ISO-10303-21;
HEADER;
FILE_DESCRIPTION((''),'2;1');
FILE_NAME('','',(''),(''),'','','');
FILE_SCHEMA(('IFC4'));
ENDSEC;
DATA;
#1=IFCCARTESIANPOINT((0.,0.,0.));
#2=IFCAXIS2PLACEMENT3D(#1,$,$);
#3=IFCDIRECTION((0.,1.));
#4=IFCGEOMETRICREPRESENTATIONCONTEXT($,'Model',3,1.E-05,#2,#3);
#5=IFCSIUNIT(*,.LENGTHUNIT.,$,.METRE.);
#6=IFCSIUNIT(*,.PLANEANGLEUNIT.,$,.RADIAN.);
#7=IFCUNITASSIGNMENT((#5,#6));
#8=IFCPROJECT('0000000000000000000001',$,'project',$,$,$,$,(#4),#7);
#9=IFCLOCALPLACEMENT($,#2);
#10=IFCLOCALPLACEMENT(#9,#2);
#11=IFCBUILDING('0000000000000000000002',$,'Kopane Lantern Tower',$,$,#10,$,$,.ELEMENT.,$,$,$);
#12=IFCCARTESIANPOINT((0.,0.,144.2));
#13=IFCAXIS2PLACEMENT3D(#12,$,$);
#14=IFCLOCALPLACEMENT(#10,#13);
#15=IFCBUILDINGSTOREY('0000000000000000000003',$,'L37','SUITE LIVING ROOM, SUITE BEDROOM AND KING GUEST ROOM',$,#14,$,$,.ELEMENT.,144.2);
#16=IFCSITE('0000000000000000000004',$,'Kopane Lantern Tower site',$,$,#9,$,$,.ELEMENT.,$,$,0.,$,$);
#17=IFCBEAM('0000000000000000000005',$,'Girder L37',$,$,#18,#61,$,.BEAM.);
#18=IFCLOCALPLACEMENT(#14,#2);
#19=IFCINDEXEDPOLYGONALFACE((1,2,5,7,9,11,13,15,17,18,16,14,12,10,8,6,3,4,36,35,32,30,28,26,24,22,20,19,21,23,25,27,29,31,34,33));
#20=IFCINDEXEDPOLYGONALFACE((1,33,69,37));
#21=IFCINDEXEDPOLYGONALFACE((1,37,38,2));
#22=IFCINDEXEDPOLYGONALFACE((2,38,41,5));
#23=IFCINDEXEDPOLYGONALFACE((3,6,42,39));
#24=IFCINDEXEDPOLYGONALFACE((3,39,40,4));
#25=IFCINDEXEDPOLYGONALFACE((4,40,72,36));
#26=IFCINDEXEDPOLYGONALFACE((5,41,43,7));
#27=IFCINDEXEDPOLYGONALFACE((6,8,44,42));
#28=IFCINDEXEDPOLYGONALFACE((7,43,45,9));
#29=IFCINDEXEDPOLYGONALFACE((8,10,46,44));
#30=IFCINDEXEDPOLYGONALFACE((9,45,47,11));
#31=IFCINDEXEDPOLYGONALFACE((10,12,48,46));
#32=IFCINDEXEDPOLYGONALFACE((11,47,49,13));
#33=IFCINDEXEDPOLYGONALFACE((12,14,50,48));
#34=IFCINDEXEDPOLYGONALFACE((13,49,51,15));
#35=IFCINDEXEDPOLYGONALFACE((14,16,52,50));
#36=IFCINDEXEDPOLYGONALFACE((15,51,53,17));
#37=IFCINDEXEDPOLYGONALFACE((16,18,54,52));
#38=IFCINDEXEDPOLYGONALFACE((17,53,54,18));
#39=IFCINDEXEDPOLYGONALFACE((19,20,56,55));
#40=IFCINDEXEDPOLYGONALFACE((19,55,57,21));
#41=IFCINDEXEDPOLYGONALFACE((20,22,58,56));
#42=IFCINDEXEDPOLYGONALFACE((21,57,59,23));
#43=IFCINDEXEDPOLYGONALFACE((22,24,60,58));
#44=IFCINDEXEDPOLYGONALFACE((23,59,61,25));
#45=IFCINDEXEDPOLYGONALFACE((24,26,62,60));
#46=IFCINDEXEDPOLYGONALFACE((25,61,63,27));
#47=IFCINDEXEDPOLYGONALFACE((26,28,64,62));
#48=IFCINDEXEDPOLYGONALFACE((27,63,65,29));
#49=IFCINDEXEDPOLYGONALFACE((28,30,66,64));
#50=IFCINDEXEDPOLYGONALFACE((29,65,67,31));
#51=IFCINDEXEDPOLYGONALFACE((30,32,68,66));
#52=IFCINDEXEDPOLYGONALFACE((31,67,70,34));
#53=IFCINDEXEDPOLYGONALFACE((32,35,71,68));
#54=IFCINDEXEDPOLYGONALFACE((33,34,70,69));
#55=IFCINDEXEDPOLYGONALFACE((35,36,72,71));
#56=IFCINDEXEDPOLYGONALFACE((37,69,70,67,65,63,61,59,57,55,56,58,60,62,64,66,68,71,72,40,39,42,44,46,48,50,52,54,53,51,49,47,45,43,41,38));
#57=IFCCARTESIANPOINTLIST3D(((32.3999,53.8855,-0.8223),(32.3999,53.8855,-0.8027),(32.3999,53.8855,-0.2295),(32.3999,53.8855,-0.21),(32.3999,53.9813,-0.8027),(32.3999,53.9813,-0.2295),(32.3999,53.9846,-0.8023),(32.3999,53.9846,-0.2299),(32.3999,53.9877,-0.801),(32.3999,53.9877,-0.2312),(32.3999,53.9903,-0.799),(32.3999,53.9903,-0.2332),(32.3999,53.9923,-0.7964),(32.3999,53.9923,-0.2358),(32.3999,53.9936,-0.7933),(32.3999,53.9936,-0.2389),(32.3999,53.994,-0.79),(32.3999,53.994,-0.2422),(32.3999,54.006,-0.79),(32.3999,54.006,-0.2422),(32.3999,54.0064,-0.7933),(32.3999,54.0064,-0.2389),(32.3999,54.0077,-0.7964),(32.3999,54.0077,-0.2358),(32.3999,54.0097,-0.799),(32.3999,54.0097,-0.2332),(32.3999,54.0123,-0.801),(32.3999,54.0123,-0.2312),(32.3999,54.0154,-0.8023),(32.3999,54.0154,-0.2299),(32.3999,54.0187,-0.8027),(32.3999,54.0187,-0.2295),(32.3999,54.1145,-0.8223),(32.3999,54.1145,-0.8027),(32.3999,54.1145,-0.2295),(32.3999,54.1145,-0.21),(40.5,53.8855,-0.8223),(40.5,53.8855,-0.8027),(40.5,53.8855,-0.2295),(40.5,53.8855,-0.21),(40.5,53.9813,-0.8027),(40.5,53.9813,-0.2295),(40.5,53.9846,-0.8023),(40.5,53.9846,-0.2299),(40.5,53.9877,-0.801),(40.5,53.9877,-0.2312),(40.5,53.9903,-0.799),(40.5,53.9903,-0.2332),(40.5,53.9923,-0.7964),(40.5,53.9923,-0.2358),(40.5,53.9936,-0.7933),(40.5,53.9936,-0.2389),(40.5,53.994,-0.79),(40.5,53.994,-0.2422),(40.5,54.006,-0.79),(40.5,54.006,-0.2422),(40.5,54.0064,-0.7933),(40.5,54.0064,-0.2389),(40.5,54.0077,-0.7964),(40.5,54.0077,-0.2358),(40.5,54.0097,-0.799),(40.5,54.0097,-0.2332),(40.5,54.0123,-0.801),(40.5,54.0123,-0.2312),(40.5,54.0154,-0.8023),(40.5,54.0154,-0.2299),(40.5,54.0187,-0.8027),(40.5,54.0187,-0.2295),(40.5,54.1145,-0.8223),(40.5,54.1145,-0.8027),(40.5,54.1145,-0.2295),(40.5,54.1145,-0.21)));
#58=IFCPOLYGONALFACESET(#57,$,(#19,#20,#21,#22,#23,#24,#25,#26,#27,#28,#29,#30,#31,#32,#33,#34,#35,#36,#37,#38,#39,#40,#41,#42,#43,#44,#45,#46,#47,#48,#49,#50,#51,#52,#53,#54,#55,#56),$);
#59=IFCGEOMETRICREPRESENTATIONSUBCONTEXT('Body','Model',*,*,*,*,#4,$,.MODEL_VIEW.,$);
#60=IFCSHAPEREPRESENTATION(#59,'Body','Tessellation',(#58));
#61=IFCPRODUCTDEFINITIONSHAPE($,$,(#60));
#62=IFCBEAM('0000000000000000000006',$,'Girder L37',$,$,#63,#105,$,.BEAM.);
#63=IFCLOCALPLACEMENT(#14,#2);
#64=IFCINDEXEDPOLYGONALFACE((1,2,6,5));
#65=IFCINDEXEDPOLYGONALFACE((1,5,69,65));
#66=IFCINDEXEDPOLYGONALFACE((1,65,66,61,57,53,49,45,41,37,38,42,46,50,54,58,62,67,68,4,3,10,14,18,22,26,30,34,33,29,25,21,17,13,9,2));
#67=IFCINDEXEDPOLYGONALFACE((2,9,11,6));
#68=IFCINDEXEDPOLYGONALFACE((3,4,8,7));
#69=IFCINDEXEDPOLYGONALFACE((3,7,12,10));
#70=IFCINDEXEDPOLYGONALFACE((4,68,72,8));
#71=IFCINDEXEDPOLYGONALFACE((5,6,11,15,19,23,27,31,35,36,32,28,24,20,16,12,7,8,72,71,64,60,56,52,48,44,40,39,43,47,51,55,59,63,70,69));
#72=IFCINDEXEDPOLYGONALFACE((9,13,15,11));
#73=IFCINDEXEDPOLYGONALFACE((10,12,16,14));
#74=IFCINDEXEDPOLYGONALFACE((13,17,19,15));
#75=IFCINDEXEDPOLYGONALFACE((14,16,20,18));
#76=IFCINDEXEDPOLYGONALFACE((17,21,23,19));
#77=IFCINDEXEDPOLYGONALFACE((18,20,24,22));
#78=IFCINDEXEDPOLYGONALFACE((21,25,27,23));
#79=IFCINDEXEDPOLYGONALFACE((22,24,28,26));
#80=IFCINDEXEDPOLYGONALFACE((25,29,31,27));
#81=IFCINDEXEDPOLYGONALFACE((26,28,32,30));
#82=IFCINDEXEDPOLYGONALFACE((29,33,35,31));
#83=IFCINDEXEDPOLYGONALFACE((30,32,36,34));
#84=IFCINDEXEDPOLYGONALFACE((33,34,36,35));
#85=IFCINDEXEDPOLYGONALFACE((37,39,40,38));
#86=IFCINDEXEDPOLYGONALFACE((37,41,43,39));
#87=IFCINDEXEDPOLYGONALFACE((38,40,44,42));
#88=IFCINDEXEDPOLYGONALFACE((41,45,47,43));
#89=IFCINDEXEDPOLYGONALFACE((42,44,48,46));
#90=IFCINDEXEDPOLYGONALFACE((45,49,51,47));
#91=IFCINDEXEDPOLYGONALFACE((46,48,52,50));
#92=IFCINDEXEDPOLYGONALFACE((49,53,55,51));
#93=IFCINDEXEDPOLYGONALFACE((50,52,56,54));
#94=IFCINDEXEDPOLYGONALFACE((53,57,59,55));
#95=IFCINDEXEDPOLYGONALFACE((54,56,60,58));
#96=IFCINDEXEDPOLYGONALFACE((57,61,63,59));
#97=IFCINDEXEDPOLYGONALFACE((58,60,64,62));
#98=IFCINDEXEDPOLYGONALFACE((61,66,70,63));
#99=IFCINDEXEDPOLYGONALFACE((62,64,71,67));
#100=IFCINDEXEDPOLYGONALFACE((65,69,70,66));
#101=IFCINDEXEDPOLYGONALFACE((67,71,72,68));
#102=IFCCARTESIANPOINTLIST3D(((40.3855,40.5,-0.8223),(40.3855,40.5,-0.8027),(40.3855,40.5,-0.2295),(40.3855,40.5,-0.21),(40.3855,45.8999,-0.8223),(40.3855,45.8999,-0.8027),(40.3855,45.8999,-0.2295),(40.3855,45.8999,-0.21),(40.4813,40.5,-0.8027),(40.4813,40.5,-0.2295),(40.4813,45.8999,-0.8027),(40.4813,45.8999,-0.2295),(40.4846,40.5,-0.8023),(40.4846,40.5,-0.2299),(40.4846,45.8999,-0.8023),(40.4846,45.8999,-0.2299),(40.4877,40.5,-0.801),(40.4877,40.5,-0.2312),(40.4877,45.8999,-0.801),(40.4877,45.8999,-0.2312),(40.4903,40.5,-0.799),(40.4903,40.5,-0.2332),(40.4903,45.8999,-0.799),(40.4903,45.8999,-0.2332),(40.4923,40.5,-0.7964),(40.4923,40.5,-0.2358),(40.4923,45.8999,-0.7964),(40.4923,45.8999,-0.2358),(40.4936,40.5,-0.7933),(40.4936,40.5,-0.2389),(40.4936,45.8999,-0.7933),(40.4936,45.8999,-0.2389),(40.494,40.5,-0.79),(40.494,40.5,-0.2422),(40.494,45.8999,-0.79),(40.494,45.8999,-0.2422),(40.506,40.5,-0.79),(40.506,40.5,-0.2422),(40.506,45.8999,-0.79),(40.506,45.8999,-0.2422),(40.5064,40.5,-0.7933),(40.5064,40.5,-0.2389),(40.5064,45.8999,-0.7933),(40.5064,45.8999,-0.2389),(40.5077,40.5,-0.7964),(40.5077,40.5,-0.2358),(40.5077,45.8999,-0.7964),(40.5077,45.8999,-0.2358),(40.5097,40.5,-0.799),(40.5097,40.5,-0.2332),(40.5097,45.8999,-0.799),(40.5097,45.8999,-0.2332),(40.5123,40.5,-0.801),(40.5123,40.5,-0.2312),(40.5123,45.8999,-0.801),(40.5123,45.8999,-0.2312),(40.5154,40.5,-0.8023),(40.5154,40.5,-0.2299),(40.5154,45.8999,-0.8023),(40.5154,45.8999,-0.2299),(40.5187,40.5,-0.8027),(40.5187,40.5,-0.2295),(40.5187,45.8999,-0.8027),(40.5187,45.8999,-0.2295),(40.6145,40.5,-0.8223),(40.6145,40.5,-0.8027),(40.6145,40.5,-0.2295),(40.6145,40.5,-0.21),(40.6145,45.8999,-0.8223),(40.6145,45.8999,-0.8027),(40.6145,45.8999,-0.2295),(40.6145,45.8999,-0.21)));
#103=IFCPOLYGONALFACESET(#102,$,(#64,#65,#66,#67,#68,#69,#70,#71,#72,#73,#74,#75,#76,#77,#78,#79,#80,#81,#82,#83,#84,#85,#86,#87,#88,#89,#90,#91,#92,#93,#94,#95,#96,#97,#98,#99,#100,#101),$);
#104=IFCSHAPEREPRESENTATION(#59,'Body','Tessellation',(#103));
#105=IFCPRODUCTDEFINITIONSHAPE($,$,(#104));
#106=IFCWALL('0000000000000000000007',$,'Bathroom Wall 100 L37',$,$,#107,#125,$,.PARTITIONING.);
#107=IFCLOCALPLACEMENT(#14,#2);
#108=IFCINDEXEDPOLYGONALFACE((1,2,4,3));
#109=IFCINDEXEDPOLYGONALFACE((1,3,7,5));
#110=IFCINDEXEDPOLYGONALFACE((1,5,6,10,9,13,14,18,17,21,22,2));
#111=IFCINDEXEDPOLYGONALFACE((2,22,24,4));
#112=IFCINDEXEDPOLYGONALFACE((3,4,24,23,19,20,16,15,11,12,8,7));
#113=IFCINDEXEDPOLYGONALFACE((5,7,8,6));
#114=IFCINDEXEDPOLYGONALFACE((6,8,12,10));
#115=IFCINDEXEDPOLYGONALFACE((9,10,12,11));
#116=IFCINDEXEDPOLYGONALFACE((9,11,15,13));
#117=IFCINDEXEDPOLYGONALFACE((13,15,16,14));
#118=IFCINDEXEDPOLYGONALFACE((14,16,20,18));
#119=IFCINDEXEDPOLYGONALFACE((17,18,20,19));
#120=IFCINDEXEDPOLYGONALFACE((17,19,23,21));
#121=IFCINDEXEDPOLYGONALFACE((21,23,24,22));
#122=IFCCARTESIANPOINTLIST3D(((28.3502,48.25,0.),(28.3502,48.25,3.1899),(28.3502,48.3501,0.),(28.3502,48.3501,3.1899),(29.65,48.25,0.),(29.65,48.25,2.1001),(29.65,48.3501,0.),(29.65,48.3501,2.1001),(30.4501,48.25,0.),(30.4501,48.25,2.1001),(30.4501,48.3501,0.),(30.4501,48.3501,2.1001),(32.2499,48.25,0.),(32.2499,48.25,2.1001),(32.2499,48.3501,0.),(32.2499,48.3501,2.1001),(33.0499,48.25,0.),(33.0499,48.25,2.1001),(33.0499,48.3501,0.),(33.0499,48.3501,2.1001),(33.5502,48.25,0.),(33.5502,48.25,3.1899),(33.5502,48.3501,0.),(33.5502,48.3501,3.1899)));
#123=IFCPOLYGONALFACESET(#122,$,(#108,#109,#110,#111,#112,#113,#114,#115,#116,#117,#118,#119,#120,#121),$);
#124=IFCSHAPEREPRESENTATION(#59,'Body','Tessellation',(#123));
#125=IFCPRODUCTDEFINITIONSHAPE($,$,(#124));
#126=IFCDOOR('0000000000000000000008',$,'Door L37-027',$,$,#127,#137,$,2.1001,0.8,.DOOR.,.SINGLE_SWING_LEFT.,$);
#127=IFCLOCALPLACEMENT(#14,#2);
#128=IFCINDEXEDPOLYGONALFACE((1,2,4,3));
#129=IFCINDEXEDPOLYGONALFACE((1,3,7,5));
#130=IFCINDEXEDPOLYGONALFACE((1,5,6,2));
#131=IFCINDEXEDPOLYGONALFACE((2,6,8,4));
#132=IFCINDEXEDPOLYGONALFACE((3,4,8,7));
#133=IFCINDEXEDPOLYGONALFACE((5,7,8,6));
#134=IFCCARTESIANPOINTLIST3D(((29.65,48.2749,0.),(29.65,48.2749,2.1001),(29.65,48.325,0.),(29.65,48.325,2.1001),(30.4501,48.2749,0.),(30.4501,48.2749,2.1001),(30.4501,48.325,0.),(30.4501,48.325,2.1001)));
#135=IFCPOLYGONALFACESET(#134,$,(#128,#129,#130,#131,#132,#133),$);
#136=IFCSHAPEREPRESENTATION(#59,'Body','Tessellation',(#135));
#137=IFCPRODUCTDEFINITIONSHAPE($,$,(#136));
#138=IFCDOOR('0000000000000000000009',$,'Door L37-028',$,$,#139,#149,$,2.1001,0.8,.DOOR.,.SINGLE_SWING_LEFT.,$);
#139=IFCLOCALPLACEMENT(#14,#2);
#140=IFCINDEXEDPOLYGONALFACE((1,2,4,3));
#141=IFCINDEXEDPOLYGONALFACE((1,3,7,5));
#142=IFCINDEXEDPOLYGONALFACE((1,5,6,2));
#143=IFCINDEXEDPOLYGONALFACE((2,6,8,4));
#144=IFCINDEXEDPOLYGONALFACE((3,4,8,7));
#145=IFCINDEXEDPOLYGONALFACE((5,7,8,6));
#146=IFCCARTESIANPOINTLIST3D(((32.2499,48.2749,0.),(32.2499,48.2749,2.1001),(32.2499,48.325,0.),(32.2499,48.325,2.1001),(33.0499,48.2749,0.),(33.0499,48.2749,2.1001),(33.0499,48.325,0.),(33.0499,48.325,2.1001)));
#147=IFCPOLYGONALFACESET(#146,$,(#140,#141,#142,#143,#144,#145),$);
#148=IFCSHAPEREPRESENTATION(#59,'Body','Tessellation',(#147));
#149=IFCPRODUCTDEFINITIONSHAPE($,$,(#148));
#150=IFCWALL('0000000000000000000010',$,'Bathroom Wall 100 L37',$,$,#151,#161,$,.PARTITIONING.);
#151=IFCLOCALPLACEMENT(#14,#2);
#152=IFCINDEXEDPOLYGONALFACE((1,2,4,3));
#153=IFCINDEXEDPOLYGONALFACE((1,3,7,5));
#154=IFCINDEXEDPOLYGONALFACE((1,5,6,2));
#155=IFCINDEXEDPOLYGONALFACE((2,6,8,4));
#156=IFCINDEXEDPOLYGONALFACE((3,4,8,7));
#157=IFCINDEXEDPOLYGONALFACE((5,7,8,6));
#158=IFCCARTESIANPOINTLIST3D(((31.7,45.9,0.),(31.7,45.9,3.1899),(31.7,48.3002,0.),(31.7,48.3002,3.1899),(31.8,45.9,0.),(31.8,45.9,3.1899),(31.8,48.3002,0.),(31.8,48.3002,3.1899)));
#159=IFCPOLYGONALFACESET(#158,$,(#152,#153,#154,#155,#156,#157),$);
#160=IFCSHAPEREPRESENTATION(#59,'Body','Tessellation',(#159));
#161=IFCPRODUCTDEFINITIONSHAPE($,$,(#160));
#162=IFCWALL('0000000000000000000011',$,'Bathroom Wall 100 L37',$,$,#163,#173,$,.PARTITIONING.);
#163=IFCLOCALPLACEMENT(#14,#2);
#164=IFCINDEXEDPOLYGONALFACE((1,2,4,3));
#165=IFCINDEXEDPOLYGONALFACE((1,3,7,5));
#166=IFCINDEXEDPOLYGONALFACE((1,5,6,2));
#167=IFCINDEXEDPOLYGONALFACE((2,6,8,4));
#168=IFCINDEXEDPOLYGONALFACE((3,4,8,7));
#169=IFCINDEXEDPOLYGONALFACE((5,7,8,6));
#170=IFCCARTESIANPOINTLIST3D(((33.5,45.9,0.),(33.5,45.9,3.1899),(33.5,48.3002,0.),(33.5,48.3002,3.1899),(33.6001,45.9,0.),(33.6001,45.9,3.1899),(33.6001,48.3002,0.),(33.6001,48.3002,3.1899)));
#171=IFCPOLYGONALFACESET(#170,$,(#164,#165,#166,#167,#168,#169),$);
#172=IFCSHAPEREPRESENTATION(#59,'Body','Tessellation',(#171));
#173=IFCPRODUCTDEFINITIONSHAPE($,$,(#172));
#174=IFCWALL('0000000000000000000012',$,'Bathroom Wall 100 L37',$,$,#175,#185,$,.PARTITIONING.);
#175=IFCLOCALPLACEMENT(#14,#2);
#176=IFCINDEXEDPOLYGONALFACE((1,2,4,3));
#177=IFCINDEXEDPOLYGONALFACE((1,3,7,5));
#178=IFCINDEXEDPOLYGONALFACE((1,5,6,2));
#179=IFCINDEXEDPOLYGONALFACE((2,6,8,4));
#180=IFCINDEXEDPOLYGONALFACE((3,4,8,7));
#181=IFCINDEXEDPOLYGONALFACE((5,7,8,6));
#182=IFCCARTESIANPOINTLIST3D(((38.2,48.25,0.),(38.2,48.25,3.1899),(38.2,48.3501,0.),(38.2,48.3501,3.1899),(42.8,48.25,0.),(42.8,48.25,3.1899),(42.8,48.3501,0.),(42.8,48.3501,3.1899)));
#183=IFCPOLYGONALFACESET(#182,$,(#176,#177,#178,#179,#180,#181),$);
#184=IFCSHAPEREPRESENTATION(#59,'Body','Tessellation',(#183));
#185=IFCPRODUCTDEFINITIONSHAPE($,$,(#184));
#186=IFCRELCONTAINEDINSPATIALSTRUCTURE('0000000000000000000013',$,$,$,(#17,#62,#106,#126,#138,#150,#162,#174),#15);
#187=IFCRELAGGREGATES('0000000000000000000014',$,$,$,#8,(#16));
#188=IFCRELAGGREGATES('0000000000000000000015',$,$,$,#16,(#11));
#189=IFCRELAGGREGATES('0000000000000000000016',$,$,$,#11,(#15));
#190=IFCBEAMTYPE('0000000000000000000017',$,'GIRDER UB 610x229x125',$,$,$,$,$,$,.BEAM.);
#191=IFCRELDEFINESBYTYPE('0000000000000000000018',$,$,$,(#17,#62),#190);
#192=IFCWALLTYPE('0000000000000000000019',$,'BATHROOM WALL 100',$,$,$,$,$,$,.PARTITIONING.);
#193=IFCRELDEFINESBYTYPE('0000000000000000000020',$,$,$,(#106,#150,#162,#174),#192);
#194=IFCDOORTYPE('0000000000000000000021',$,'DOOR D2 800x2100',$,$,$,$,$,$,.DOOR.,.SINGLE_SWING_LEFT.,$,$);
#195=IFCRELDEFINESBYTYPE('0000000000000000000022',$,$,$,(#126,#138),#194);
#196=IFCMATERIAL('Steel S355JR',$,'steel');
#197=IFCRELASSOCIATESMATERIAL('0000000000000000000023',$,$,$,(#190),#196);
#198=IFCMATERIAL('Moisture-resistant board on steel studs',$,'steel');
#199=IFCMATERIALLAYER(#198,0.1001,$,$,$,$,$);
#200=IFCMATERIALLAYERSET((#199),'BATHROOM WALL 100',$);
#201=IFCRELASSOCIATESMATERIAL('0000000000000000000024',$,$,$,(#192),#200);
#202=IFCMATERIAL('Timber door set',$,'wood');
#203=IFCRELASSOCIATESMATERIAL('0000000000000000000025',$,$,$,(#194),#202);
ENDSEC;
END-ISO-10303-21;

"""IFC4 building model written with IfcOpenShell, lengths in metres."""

from ifc_helpers import new_model, si_unit, direction, frame, frame_2d, origin, origin_2d, place, context, subcontext, project, spatial, rectangle, i_section, extrude, material, layer, layer_set, material_profile, profile_set, type_object, element, fill, save


model = new_model("IFC4")

# Units and contexts
model_context = context("Model", 3, precision=1e-05, world=origin(), true_north=direction((0.0, 1.0)))
body_context = subcontext(model_context, "Body", "Model", "MODEL_VIEW")
ifc_project = project(units=[si_unit("LENGTHUNIT", "METRE"), si_unit("PLANEANGLEUNIT", "RADIAN")], contexts=[model_context])

# Site, building, storey
site_placement = place(None, origin())
site = spatial("IfcSite", under=ifc_project, at=site_placement, Name="Kopane Lantern Tower site", CompositionType="ELEMENT", RefElevation=0.0)
building_placement = place(site_placement, origin())
building = spatial("IfcBuilding", under=site, at=building_placement, Name="Kopane Lantern Tower", CompositionType="ELEMENT")
storey_placement = place(building_placement, frame((0.0, 0.0, 144.2)))
storey = spatial("IfcBuildingStorey", under=building, at=storey_placement, Name="L37", Description="SUITE LIVING ROOM, SUITE BEDROOM AND KING GUEST ROOM", CompositionType="ELEMENT", Elevation=144.2)

# Beams
ifc_material_1 = material(Name="Steel S355JR", Category="steel")
ifc_material_profile_1 = material_profile(ifc_material_1, i_section(OverallWidth=0.229, OverallDepth=0.6123, WebThickness=0.012, FlangeThickness=0.0195, FilletRadius=0.0127, at=origin_2d()), Name="UB 610x229x125")
ifc_profile_set_1 = profile_set([ifc_material_profile_1], Name="Steel S355JR")
beam_type = type_object("IfcBeamType", Name="GIRDER UB 610x229x125", PredefinedType="BEAM", material=ifc_profile_set_1)
for number, where, z_axis, x_axis, name in (
    (1, (32.3999, 54.0, -0.5161), (1.0, 0.0, 0.0), (0.0, 1.0, 0.0), "Girder L37"),
):
    element("IfcBeam", number, at=place(storey_placement, frame(where, z_axis=z_axis, x_axis=x_axis)), inside=storey, type_object=beam_type, Name=name, PredefinedType="BEAM", context=body_context, shape_type="SweptSolid", body=[
        extrude(i_section(OverallWidth=0.229, OverallDepth=0.6123, WebThickness=0.012, FlangeThickness=0.0195, FilletRadius=0.0127, at=origin_2d()), origin(), (0.0, 0.0, 1.0), 8.1001),
    ])
beam_1_placement = place(storey_placement, frame((40.5, 40.5, -0.5161), z_axis=(0.0, 1.0, 0.0), x_axis=(-1.0, 0.0, 0.0)))
element("IfcBeam", 2, at=beam_1_placement, inside=storey, type_object=beam_type, Name="Girder L37", PredefinedType="BEAM", context=body_context, shape_type="SweptSolid", body=[
    extrude(i_section(OverallWidth=0.229, OverallDepth=0.6123, WebThickness=0.012, FlangeThickness=0.0195, FilletRadius=0.0127, at=origin_2d()), origin(), (0.0, 0.0, 1.0), 5.3999),
])

# Wall, openings, doors
ifc_material_2 = material(Name="Moisture-resistant board on steel studs", Category="steel")
ifc_layer_1 = layer(ifc_material_2, 0.1001)
ifc_layer_set_1 = layer_set([ifc_layer_1], Name="BATHROOM WALL 100")
wall_type_1 = type_object("IfcWallType", Name="BATHROOM WALL 100", PredefinedType="PARTITIONING", material=ifc_layer_set_1)
wall_1_placement = place(storey_placement, frame((28.3501, 48.3, 0.0), z_axis=(0.0, 0.0, 1.0), x_axis=(1.0, 0.0, 0.0)))
wall_1 = element("IfcWall", 3, at=wall_1_placement, inside=storey, type_object=wall_type_1, Name="Bathroom Wall 100 L37", PredefinedType="PARTITIONING", context=body_context, shape_type="SweptSolid", body=[
    extrude(rectangle(XDim=5.2, YDim=0.1001, at=frame_2d((2.6001, 0.0))), origin(), (0.0, 0.0, 1.0), 3.1899),
])
opening_1_placement = place(wall_1_placement, frame((1.3, 0.0, 0.0)))
opening_1 = element("IfcOpeningElement", 4, at=opening_1_placement, cuts=wall_1, PredefinedType="OPENING", context=body_context, shape_type="SweptSolid", body=[
    extrude(rectangle(XDim=0.8, YDim=2.1001, at=frame_2d((0.3999, 1.05))), frame((0.0, 0.0601, 0.0), z_axis=(0.0, -1.0, 0.0), x_axis=(1.0, 0.0, 0.0)), (0.0, 0.0, 1.0), 0.1201),
])
opening_2_placement = place(wall_1_placement, frame((3.8999, 0.0, 0.0)))
opening_2 = element("IfcOpeningElement", 5, at=opening_2_placement, cuts=wall_1, PredefinedType="OPENING", context=body_context, shape_type="SweptSolid", body=[
    extrude(rectangle(XDim=0.8, YDim=2.1001, at=frame_2d((0.3999, 1.05))), frame((0.0, 0.0601, 0.0), z_axis=(0.0, -1.0, 0.0), x_axis=(1.0, 0.0, 0.0)), (0.0, 0.0, 1.0), 0.1201),
])
ifc_material_3 = material(Name="Timber door set", Category="wood")
door_type = type_object("IfcDoorType", Name="DOOR D2 800x2100", OperationType="SINGLE_SWING_LEFT", PredefinedType="DOOR", material=ifc_material_3)
door_1_placement = place(opening_1_placement, origin())
door_1 = element("IfcDoor", 6, at=door_1_placement, inside=storey, type_object=door_type, Name="Door L37-027", OperationType="SINGLE_SWING_LEFT", OverallHeight=2.1001, OverallWidth=0.8, PredefinedType="DOOR", context=body_context, shape_type="SweptSolid", body=[
    extrude(rectangle(XDim=0.8, YDim=2.1001, at=frame_2d((0.3999, 1.05))), frame((0.0, 0.0249, 0.0), z_axis=(0.0, -1.0, 0.0), x_axis=(1.0, 0.0, 0.0)), (0.0, 0.0, 1.0), 0.05),
])
fill(opening_1, door_1)
door_2_placement = place(opening_2_placement, origin())
door_2 = element("IfcDoor", 7, at=door_2_placement, inside=storey, type_object=door_type, Name="Door L37-028", OperationType="SINGLE_SWING_LEFT", OverallHeight=2.1001, OverallWidth=0.8, PredefinedType="DOOR", context=body_context, shape_type="SweptSolid", body=[
    extrude(rectangle(XDim=0.8, YDim=2.1001, at=frame_2d((0.3999, 1.05))), frame((0.0, 0.0249, 0.0), z_axis=(0.0, -1.0, 0.0), x_axis=(1.0, 0.0, 0.0)), (0.0, 0.0, 1.0), 0.05),
])
fill(opening_2, door_2)

# Walls
for number, where, z_axis, x_axis, name in (
    (8, (31.75, 45.8999, 0.0), (0.0, 0.0, 1.0), (0.0, 1.0, 0.0), "Bathroom Wall 100 L37"),
    (9, (33.55, 45.8999, 0.0), (0.0, 0.0, 1.0), (0.0, 1.0, 0.0), "Bathroom Wall 100 L37"),
):
    element("IfcWall", number, at=place(storey_placement, frame(where, z_axis=z_axis, x_axis=x_axis)), inside=storey, type_object=wall_type_1, Name=name, PredefinedType="PARTITIONING", context=body_context, shape_type="SweptSolid", body=[
        extrude(rectangle(XDim=2.4001, YDim=0.1001, at=frame_2d((1.2002, 0.0))), origin(), (0.0, 0.0, 1.0), 3.1899),
    ])
wall_2_placement = place(storey_placement, frame((38.2, 48.3, 0.0), z_axis=(0.0, 0.0, 1.0), x_axis=(1.0, 0.0, 0.0)))
element("IfcWall", 10, at=wall_2_placement, inside=storey, type_object=wall_type_1, Name="Bathroom Wall 100 L37", PredefinedType="PARTITIONING", context=body_context, shape_type="SweptSolid", body=[
    extrude(rectangle(XDim=4.6001, YDim=0.1001, at=frame_2d((2.3, 0.0))), origin(), (0.0, 0.0, 1.0), 3.1899),
])

save(model, "model.ifc")
